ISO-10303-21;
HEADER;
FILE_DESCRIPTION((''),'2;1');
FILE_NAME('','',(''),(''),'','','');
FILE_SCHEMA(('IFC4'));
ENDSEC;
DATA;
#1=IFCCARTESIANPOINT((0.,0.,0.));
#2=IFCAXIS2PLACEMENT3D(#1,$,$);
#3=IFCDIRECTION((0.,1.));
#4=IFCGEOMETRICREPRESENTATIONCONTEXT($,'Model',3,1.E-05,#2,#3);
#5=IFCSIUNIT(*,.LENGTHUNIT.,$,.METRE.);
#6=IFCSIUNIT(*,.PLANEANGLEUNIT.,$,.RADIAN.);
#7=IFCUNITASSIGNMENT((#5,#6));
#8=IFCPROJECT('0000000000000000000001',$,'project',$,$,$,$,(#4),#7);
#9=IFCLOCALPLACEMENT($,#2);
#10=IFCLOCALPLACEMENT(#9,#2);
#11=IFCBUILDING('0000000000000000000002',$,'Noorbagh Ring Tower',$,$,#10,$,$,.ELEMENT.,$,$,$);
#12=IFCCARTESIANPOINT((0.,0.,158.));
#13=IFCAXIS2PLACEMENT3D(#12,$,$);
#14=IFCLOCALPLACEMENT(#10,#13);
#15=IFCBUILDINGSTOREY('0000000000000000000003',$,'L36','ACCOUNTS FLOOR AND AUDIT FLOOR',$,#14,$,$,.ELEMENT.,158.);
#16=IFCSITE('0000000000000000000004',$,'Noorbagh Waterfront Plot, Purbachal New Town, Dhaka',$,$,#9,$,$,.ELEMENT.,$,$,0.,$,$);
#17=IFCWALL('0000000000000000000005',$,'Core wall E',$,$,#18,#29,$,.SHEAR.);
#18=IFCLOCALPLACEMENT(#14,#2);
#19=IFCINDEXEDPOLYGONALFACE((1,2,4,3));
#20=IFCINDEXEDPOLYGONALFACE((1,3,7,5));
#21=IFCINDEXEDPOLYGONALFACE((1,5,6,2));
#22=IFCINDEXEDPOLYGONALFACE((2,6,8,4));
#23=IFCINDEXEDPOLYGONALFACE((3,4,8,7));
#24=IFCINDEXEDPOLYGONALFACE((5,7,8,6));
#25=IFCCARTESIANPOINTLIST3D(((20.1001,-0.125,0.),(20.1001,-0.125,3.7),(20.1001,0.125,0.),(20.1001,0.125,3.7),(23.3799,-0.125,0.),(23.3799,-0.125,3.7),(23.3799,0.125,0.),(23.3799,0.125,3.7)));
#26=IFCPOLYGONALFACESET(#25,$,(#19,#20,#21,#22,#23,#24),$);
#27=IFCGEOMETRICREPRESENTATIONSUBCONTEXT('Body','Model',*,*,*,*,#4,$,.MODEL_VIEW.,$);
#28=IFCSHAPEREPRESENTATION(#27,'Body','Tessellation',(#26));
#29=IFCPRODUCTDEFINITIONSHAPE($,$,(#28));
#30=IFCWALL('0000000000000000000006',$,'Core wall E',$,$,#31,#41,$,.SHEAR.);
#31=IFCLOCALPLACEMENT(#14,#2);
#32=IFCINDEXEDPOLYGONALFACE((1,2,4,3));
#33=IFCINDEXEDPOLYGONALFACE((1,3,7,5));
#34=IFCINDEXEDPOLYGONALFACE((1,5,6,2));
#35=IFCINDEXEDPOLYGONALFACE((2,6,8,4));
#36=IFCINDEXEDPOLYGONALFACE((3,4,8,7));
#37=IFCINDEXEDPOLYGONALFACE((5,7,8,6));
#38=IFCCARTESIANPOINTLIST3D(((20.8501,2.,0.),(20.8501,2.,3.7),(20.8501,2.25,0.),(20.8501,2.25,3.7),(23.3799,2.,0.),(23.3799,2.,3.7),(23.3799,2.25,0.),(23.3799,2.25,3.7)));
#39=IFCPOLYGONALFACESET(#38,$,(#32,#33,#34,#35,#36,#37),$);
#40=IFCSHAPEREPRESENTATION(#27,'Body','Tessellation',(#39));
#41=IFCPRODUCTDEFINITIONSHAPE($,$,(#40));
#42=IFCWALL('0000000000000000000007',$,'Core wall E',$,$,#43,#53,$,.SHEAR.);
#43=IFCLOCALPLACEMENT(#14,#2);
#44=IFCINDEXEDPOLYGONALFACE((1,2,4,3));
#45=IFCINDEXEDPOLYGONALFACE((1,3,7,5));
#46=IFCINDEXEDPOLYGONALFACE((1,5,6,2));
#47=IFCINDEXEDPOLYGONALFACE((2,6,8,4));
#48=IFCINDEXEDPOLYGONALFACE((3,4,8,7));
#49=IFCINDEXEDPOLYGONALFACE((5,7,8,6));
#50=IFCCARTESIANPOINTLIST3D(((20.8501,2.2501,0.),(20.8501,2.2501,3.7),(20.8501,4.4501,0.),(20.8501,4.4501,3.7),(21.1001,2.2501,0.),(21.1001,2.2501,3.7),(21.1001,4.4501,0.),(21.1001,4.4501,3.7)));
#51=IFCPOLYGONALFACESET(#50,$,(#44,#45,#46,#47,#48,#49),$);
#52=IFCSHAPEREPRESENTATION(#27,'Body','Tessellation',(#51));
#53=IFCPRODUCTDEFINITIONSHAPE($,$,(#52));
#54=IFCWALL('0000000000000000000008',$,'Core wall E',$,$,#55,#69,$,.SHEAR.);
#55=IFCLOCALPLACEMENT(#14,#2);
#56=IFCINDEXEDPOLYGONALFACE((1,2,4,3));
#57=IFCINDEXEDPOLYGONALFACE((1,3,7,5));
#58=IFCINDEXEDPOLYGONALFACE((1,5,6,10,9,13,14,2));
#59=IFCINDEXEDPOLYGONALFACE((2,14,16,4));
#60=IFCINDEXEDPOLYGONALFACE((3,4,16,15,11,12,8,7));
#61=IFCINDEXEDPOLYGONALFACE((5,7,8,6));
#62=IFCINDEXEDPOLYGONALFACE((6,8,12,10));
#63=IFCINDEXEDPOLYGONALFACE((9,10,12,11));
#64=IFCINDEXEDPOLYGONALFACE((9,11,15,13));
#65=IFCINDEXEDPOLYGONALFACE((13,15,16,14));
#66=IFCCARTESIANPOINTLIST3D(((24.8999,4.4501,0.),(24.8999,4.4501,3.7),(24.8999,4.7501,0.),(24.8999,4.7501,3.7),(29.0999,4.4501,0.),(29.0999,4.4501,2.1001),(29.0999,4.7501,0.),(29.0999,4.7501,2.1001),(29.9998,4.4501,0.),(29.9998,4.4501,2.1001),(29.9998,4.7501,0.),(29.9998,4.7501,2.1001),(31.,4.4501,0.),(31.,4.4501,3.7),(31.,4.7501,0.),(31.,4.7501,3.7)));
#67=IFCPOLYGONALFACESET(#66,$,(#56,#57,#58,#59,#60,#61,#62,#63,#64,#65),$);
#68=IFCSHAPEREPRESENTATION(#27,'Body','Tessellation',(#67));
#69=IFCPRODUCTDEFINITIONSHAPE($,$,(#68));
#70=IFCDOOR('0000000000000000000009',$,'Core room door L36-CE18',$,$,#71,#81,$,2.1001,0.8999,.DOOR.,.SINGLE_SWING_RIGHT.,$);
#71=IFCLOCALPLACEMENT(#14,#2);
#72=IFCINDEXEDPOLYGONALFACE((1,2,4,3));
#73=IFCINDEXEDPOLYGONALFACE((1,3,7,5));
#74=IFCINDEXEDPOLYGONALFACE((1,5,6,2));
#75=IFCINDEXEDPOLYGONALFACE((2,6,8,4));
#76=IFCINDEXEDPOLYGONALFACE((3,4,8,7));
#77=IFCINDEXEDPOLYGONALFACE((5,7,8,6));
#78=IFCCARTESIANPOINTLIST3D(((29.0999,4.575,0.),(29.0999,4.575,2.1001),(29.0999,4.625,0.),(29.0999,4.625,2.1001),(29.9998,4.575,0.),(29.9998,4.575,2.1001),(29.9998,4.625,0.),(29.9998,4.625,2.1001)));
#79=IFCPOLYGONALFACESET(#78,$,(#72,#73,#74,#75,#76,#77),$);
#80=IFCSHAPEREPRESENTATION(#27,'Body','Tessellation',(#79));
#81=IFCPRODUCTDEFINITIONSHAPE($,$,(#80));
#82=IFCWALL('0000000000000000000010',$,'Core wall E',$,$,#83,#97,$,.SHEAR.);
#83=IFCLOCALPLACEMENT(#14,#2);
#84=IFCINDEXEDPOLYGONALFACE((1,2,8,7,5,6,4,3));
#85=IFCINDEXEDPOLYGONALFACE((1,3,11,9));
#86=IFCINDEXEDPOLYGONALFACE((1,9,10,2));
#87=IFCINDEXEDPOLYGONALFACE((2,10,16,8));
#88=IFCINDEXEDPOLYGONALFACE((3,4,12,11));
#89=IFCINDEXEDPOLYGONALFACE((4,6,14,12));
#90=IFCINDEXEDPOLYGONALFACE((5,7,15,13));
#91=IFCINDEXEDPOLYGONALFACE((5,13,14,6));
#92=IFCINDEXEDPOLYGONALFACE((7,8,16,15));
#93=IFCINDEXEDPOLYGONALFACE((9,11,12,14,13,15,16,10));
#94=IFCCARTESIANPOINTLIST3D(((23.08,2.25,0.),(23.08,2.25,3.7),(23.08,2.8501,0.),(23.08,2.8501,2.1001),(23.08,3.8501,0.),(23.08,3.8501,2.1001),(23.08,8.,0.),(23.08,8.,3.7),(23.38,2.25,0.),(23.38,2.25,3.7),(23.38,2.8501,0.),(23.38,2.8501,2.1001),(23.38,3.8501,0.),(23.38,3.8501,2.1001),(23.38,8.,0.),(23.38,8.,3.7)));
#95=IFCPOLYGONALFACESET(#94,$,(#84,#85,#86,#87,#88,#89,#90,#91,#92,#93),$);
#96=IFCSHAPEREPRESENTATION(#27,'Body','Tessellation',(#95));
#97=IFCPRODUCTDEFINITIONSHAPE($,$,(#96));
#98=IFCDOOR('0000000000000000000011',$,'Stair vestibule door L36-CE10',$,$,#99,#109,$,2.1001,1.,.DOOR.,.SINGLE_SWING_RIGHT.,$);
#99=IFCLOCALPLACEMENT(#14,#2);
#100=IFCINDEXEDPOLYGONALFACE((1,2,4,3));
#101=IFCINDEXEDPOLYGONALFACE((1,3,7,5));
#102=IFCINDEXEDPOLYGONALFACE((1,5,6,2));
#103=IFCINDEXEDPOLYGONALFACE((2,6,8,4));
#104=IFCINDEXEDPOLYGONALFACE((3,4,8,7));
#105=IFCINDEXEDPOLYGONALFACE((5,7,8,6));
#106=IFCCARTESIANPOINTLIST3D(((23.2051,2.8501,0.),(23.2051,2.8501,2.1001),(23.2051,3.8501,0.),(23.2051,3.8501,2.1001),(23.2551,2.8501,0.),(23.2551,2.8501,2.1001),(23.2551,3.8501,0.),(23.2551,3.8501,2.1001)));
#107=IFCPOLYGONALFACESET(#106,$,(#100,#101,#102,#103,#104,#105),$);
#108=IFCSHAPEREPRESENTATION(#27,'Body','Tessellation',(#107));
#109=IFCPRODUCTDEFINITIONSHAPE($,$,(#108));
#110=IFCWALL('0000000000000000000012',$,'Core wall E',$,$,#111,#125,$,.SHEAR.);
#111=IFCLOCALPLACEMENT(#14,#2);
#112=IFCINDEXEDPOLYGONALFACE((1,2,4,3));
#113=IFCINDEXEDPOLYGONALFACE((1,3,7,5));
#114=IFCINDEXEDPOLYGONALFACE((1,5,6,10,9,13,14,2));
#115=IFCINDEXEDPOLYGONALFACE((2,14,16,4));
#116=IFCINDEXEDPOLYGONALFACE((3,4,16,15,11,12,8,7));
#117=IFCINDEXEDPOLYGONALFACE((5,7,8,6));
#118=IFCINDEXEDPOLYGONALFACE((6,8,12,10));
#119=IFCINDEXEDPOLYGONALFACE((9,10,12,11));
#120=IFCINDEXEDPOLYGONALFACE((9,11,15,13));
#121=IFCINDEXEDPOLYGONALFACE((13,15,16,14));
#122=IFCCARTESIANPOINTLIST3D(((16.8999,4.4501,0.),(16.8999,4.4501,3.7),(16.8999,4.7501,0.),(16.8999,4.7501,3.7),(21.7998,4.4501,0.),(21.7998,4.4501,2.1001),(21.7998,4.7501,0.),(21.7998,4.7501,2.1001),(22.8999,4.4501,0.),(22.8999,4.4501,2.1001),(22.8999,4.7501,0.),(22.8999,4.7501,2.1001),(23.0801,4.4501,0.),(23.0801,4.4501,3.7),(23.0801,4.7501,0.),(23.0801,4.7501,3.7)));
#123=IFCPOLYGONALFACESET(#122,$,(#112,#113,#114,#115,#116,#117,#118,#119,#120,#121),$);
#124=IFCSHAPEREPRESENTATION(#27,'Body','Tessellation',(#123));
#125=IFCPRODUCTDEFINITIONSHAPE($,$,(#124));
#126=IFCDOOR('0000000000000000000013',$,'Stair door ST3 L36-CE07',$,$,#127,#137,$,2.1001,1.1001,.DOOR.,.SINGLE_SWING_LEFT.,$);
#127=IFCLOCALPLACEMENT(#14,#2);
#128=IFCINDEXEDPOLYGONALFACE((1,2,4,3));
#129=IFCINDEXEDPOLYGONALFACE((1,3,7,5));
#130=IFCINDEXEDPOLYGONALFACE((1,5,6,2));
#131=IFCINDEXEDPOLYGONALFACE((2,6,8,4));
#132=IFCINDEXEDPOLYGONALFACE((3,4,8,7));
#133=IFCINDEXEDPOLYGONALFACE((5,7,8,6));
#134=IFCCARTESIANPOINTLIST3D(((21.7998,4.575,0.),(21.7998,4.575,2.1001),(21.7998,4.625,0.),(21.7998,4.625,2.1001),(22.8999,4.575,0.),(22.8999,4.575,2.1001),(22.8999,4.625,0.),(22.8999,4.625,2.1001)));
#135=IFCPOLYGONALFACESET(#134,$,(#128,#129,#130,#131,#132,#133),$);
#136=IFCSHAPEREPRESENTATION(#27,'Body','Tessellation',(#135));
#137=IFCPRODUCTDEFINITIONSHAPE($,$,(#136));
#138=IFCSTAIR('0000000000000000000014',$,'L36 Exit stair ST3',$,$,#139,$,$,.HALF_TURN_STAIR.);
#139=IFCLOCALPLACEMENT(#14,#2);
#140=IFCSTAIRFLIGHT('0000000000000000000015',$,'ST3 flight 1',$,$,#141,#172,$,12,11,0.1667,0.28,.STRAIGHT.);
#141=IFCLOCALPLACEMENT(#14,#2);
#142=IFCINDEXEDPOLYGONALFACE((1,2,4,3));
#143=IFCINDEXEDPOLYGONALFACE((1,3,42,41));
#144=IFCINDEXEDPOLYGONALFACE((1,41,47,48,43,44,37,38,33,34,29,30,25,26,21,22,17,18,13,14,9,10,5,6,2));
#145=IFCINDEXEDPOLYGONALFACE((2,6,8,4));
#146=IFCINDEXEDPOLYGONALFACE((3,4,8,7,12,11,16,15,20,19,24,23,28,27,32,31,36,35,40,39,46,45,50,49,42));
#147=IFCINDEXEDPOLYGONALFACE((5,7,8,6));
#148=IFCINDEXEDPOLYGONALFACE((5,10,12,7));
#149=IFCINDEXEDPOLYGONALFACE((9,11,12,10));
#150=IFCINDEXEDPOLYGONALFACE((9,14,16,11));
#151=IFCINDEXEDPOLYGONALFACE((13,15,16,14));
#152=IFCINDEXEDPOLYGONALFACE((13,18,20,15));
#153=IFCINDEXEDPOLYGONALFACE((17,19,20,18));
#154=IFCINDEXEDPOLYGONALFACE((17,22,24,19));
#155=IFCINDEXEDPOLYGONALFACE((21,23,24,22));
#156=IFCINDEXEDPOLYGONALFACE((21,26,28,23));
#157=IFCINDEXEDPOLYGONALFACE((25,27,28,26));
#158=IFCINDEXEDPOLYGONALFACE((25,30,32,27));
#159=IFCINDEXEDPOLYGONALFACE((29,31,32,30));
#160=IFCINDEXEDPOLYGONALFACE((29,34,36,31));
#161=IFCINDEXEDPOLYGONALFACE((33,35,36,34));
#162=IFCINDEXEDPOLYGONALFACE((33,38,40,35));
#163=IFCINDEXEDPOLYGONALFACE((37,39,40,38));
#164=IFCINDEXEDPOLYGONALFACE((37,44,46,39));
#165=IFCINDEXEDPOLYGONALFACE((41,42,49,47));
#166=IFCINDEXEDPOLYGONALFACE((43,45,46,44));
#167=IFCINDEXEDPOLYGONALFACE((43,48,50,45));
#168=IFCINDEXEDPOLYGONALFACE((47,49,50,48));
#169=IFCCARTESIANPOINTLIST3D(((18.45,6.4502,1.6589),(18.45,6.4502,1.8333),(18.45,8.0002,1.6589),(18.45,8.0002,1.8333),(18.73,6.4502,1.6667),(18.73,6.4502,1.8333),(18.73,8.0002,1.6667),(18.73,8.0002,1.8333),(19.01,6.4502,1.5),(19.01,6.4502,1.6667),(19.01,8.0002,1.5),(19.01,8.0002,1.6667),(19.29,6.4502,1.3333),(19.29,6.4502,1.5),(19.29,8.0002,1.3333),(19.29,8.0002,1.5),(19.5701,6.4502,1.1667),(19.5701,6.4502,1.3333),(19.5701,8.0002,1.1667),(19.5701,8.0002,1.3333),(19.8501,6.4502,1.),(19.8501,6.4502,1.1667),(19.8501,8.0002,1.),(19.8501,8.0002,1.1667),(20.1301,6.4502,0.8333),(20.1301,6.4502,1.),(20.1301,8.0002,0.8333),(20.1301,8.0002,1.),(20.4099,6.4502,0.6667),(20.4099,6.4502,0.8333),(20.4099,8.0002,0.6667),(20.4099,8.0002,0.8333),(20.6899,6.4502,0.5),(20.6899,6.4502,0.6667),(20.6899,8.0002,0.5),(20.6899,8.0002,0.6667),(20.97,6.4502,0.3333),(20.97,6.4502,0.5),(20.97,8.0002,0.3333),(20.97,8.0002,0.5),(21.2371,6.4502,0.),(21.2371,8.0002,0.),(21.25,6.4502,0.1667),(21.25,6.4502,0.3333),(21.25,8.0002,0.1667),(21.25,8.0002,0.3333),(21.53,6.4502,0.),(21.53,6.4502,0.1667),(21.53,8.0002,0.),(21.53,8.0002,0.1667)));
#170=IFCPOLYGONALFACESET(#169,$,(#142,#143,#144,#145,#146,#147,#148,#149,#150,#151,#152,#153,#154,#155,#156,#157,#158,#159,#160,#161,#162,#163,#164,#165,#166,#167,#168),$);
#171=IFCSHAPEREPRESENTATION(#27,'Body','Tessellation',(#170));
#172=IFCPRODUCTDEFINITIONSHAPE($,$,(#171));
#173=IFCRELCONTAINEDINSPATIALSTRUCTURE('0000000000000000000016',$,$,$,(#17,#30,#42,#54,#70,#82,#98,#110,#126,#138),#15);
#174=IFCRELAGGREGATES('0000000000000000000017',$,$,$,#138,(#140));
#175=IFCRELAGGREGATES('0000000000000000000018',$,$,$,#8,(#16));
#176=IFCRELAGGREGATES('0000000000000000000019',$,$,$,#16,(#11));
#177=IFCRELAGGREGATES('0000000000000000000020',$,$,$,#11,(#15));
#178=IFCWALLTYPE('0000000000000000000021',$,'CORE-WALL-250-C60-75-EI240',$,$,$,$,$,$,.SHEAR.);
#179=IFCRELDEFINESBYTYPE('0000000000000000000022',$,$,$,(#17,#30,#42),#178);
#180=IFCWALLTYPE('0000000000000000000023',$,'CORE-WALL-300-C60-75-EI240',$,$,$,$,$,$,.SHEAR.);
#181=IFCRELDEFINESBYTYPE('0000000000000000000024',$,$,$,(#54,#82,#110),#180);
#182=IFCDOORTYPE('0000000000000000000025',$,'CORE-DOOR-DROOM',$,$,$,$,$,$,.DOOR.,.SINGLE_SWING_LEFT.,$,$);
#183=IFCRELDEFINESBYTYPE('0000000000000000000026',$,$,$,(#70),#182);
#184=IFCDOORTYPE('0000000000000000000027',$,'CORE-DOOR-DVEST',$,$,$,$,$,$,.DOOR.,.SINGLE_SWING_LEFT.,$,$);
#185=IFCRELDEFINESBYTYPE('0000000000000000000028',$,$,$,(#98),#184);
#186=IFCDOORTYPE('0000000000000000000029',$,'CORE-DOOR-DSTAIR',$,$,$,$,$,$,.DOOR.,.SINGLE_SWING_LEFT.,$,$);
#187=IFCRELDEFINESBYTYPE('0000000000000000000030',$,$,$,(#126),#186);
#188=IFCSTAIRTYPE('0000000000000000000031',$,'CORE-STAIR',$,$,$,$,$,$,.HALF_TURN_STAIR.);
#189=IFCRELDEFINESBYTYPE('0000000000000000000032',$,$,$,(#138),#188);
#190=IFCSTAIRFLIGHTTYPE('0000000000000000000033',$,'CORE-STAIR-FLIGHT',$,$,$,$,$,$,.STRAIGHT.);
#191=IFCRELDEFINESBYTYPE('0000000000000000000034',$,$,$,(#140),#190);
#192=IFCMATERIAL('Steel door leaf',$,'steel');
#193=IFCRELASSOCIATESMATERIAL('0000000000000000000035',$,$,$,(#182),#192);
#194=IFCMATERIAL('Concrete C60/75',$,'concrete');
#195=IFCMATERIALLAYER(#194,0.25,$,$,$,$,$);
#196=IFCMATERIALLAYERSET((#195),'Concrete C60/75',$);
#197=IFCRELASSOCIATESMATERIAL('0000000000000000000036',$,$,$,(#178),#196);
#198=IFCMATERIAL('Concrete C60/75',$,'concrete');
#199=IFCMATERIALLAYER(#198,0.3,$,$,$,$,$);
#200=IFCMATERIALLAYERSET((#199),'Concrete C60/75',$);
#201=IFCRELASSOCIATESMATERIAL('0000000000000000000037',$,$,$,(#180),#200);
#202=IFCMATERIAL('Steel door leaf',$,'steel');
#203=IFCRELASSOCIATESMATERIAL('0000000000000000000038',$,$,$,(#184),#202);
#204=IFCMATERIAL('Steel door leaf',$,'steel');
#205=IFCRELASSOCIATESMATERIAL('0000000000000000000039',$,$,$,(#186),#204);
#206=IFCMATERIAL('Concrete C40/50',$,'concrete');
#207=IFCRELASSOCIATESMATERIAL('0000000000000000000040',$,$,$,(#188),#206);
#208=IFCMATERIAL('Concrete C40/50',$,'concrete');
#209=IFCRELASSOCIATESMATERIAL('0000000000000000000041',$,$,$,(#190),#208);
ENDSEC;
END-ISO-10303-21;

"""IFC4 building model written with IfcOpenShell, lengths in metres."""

from ifc_helpers import new_model, si_unit, direction, frame, frame_2d, origin, place, context, subcontext, project, spatial, polyline, rectangle, outline, extrude, material, layer, layer_set, type_object, element, fill, aggregate, save


model = new_model("IFC4")

# Units and contexts
model_context = context("Model", 3, precision=1e-05, world=origin(), true_north=direction((0.0, 1.0)))
body_context = subcontext(model_context, "Body", "Model", "MODEL_VIEW")
ifc_project = project(units=[si_unit("LENGTHUNIT", "METRE"), si_unit("PLANEANGLEUNIT", "RADIAN")], contexts=[model_context])

# Site, building, storey
site_placement = place(None, origin())
site = spatial("IfcSite", under=ifc_project, at=site_placement, Name="Noorbagh Waterfront Plot, Purbachal New Town, Dhaka", CompositionType="ELEMENT", RefElevation=0.0)
building_placement = place(site_placement, origin())
building = spatial("IfcBuilding", under=site, at=building_placement, Name="Noorbagh Ring Tower", CompositionType="ELEMENT")
storey_placement = place(building_placement, frame((0.0, 0.0, 158.0)))
storey = spatial("IfcBuildingStorey", under=building, at=storey_placement, Name="L36", Description="ACCOUNTS FLOOR AND AUDIT FLOOR", CompositionType="ELEMENT", Elevation=158.0)

# Shared definitions
ifc_material_1 = material(Name="Steel door leaf", Category="steel")
door_type_1 = type_object("IfcDoorType", Name="CORE-DOOR-DROOM", OperationType="SINGLE_SWING_LEFT", PredefinedType="DOOR", material=ifc_material_1)

# Walls
ifc_material_2 = material(Name="Concrete C60/75", Category="concrete")
ifc_layer_1 = layer(ifc_material_2, 0.25)
ifc_layer_set_1 = layer_set([ifc_layer_1], Name="Concrete C60/75")
wall_type_1 = type_object("IfcWallType", Name="CORE-WALL-250-C60-75-EI240", PredefinedType="SHEAR", material=ifc_layer_set_1)
wall_1_placement = place(storey_placement, frame((20.1001, 0.0, 0.0), z_axis=(0.0, 0.0, 1.0), x_axis=(1.0, 0.0, 0.0)))
element("IfcWall", 1, at=wall_1_placement, inside=storey, type_object=wall_type_1, Name="Core wall E", PredefinedType="SHEAR", context=body_context, shape_type="SweptSolid", body=[
    extrude(rectangle(XDim=3.2798, YDim=0.25, at=frame_2d((1.6399, 0.0))), origin(), (0.0, 0.0, 1.0), 3.7),
])
wall_2_placement = place(storey_placement, frame((20.8501, 2.125, 0.0), z_axis=(0.0, 0.0, 1.0), x_axis=(1.0, 0.0, 0.0)))
element("IfcWall", 2, at=wall_2_placement, inside=storey, type_object=wall_type_1, Name="Core wall E", PredefinedType="SHEAR", context=body_context, shape_type="SweptSolid", body=[
    extrude(rectangle(XDim=2.5298, YDim=0.25, at=frame_2d((1.2649, 0.0))), origin(), (0.0, 0.0, 1.0), 3.7),
])
wall_3_placement = place(storey_placement, frame((20.9751, 2.25, 0.0), z_axis=(0.0, 0.0, 1.0), x_axis=(0.0, 1.0, 0.0)))
element("IfcWall", 3, at=wall_3_placement, inside=storey, type_object=wall_type_1, Name="Core wall E", PredefinedType="SHEAR", context=body_context, shape_type="SweptSolid", body=[
    extrude(rectangle(XDim=2.2, YDim=0.25, at=frame_2d((1.1001, 0.0))), origin(), (0.0, 0.0, 1.0), 3.7),
])

# Walls, openings, doors
ifc_material_3 = material(Name="Concrete C60/75", Category="concrete")
ifc_layer_2 = layer(ifc_material_3, 0.3)
ifc_layer_set_2 = layer_set([ifc_layer_2], Name="Concrete C60/75")
wall_type_2 = type_object("IfcWallType", Name="CORE-WALL-300-C60-75-EI240", PredefinedType="SHEAR", material=ifc_layer_set_2)
wall_4_placement = place(storey_placement, frame((24.8999, 4.6001, 0.0), z_axis=(0.0, 0.0, 1.0), x_axis=(1.0, 0.0, 0.0)))
wall_4 = element("IfcWall", 4, at=wall_4_placement, inside=storey, type_object=wall_type_2, Name="Core wall E", PredefinedType="SHEAR", context=body_context, shape_type="SweptSolid", body=[
    extrude(rectangle(XDim=6.1001, YDim=0.3, at=frame_2d((3.05, 0.0))), origin(), (0.0, 0.0, 1.0), 3.7),
])
opening_1_placement = place(wall_4_placement, frame((4.2, 0.0, 0.0)))
opening_1 = element("IfcOpeningElement", 5, at=opening_1_placement, cuts=wall_4, PredefinedType="OPENING", context=body_context, shape_type="SweptSolid", body=[
    extrude(rectangle(XDim=0.8999, YDim=2.1001, at=frame_2d((0.45, 1.05))), frame((0.0, 0.1602, 0.0), z_axis=(0.0, -1.0, 0.0), x_axis=(1.0, 0.0, 0.0)), (0.0, 0.0, 1.0), 0.3201),
])
door_1_placement = place(opening_1_placement, origin())
door_1 = element("IfcDoor", 6, at=door_1_placement, inside=storey, type_object=door_type_1, Name="Core room door L36-CE18", OperationType="SINGLE_SWING_RIGHT", OverallHeight=2.1001, OverallWidth=0.8999, PredefinedType="DOOR", context=body_context, shape_type="SweptSolid", body=[
    extrude(rectangle(XDim=0.8999, YDim=2.1001, at=frame_2d((0.45, 1.05))), frame((0.0, 0.0249, 0.0), z_axis=(0.0, -1.0, 0.0), x_axis=(1.0, 0.0, 0.0)), (0.0, 0.0, 1.0), 0.05),
])
fill(opening_1, door_1)
wall_5_placement = place(storey_placement, frame((23.23, 2.25, 0.0), z_axis=(0.0, 0.0, 1.0), x_axis=(0.0, 1.0, 0.0)))
wall_5 = element("IfcWall", 7, at=wall_5_placement, inside=storey, type_object=wall_type_2, Name="Core wall E", PredefinedType="SHEAR", context=body_context, shape_type="SweptSolid", body=[
    extrude(rectangle(XDim=5.75, YDim=0.3, at=frame_2d((2.875, 0.0))), origin(), (0.0, 0.0, 1.0), 3.7),
])
opening_2_placement = place(wall_5_placement, frame((0.6001, 0.0, 0.0)))
opening_2 = element("IfcOpeningElement", 8, at=opening_2_placement, cuts=wall_5, PredefinedType="OPENING", context=body_context, shape_type="SweptSolid", body=[
    extrude(rectangle(XDim=1.0, YDim=2.1001, at=frame_2d((0.5, 1.05))), frame((0.0, 0.1602, 0.0), z_axis=(0.0, -1.0, 0.0), x_axis=(1.0, 0.0, 0.0)), (0.0, 0.0, 1.0), 0.3201),
])
ifc_material_4 = material(Name="Steel door leaf", Category="steel")
door_type_2 = type_object("IfcDoorType", Name="CORE-DOOR-DVEST", OperationType="SINGLE_SWING_LEFT", PredefinedType="DOOR", material=ifc_material_4)
door_2_placement = place(opening_2_placement, origin())
door_2 = element("IfcDoor", 9, at=door_2_placement, inside=storey, type_object=door_type_2, Name="Stair vestibule door L36-CE10", OperationType="SINGLE_SWING_RIGHT", OverallHeight=2.1001, OverallWidth=1.0, PredefinedType="DOOR", context=body_context, shape_type="SweptSolid", body=[
    extrude(rectangle(XDim=1.0, YDim=2.1001, at=frame_2d((0.5, 1.05))), frame((0.0, 0.0249, 0.0), z_axis=(0.0, -1.0, 0.0), x_axis=(1.0, 0.0, 0.0)), (0.0, 0.0, 1.0), 0.05),
])
fill(opening_2, door_2)
wall_6_placement = place(storey_placement, frame((16.8999, 4.6001, 0.0), z_axis=(0.0, 0.0, 1.0), x_axis=(1.0, 0.0, 0.0)))
wall_6 = element("IfcWall", 10, at=wall_6_placement, inside=storey, type_object=wall_type_2, Name="Core wall E", PredefinedType="SHEAR", context=body_context, shape_type="SweptSolid", body=[
    extrude(rectangle(XDim=6.1802, YDim=0.3, at=frame_2d((3.0901, 0.0))), origin(), (0.0, 0.0, 1.0), 3.7),
])
opening_3_placement = place(wall_6_placement, frame((4.8999, 0.0, 0.0)))
opening_3 = element("IfcOpeningElement", 11, at=opening_3_placement, cuts=wall_6, PredefinedType="OPENING", context=body_context, shape_type="SweptSolid", body=[
    extrude(rectangle(XDim=1.1001, YDim=2.1001, at=frame_2d((0.55, 1.05))), frame((0.0, 0.1602, 0.0), z_axis=(0.0, -1.0, 0.0), x_axis=(1.0, 0.0, 0.0)), (0.0, 0.0, 1.0), 0.3201),
])
ifc_material_5 = material(Name="Steel door leaf", Category="steel")
door_type_3 = type_object("IfcDoorType", Name="CORE-DOOR-DSTAIR", OperationType="SINGLE_SWING_LEFT", PredefinedType="DOOR", material=ifc_material_5)
door_3_placement = place(opening_3_placement, origin())
door_3 = element("IfcDoor", 12, at=door_3_placement, inside=storey, type_object=door_type_3, Name="Stair door ST3 L36-CE07", OperationType="SINGLE_SWING_LEFT", OverallHeight=2.1001, OverallWidth=1.1001, PredefinedType="DOOR", context=body_context, shape_type="SweptSolid", body=[
    extrude(rectangle(XDim=1.1001, YDim=2.1001, at=frame_2d((0.55, 1.05))), frame((0.0, 0.0249, 0.0), z_axis=(0.0, -1.0, 0.0), x_axis=(1.0, 0.0, 0.0)), (0.0, 0.0, 1.0), 0.05),
])
fill(opening_3, door_3)

# Stair, stair flight
ifc_material_6 = material(Name="Concrete C40/50", Category="concrete")
stair_type = type_object("IfcStairType", Name="CORE-STAIR", PredefinedType="HALF_TURN_STAIR", material=ifc_material_6)
stair_placement = place(storey_placement, origin())
stair = element("IfcStair", 13, at=stair_placement, inside=storey, type_object=stair_type, Name="L36 Exit stair ST3", PredefinedType="HALF_TURN_STAIR")
ifc_material_7 = material(Name="Concrete C40/50", Category="concrete")
stair_flight_type = type_object("IfcStairFlightType", Name="CORE-STAIR-FLIGHT", PredefinedType="STRAIGHT", material=ifc_material_7)
stair_flight_1_placement = place(storey_placement, frame((21.53, 7.2251, 0.0), z_axis=(0.0, 0.0, 1.0), x_axis=(-1.0, 0.0, 0.0)))
stair_flight_1 = element("IfcStairFlight", 14, at=stair_flight_1_placement, type_object=stair_flight_type, Name="ST3 flight 1", NumberOfRisers=12, NumberOfTreads=11, PredefinedType="STRAIGHT", RiserHeight=0.1667, TreadLength=0.28, context=body_context, shape_type="SweptSolid", body=[
    extrude(outline(polyline([(0.0, 0.0), (0.0, 0.1667), (0.28, 0.1667), (0.28, 0.3333), (0.5601, 0.3333), (0.5601, 0.5), (0.8401, 0.5), (0.8401, 0.6667), (1.1201, 0.6667), (1.1201, 0.8333), (1.3999, 0.8333), (1.3999, 1.0), (1.6799, 1.0), (1.6799, 1.1667), (1.96, 1.1667), (1.96, 1.3333), (2.24, 1.3333), (2.24, 1.5), (2.52, 1.5), (2.52, 1.6667), (2.8, 1.6667), (2.8, 1.8333), (3.0801, 1.8333), (3.0801, 2.0), (3.0801, 1.6589), (0.293, 0.0), (0.0, 0.0)])), frame((0.0, 0.7749, 0.0), z_axis=(0.0, -1.0, 0.0), x_axis=(1.0, 0.0, 0.0)), (0.0, 0.0, 1.0), 1.55),
])
aggregate(stair, [stair_flight_1])

save(model, "model.ifc")
